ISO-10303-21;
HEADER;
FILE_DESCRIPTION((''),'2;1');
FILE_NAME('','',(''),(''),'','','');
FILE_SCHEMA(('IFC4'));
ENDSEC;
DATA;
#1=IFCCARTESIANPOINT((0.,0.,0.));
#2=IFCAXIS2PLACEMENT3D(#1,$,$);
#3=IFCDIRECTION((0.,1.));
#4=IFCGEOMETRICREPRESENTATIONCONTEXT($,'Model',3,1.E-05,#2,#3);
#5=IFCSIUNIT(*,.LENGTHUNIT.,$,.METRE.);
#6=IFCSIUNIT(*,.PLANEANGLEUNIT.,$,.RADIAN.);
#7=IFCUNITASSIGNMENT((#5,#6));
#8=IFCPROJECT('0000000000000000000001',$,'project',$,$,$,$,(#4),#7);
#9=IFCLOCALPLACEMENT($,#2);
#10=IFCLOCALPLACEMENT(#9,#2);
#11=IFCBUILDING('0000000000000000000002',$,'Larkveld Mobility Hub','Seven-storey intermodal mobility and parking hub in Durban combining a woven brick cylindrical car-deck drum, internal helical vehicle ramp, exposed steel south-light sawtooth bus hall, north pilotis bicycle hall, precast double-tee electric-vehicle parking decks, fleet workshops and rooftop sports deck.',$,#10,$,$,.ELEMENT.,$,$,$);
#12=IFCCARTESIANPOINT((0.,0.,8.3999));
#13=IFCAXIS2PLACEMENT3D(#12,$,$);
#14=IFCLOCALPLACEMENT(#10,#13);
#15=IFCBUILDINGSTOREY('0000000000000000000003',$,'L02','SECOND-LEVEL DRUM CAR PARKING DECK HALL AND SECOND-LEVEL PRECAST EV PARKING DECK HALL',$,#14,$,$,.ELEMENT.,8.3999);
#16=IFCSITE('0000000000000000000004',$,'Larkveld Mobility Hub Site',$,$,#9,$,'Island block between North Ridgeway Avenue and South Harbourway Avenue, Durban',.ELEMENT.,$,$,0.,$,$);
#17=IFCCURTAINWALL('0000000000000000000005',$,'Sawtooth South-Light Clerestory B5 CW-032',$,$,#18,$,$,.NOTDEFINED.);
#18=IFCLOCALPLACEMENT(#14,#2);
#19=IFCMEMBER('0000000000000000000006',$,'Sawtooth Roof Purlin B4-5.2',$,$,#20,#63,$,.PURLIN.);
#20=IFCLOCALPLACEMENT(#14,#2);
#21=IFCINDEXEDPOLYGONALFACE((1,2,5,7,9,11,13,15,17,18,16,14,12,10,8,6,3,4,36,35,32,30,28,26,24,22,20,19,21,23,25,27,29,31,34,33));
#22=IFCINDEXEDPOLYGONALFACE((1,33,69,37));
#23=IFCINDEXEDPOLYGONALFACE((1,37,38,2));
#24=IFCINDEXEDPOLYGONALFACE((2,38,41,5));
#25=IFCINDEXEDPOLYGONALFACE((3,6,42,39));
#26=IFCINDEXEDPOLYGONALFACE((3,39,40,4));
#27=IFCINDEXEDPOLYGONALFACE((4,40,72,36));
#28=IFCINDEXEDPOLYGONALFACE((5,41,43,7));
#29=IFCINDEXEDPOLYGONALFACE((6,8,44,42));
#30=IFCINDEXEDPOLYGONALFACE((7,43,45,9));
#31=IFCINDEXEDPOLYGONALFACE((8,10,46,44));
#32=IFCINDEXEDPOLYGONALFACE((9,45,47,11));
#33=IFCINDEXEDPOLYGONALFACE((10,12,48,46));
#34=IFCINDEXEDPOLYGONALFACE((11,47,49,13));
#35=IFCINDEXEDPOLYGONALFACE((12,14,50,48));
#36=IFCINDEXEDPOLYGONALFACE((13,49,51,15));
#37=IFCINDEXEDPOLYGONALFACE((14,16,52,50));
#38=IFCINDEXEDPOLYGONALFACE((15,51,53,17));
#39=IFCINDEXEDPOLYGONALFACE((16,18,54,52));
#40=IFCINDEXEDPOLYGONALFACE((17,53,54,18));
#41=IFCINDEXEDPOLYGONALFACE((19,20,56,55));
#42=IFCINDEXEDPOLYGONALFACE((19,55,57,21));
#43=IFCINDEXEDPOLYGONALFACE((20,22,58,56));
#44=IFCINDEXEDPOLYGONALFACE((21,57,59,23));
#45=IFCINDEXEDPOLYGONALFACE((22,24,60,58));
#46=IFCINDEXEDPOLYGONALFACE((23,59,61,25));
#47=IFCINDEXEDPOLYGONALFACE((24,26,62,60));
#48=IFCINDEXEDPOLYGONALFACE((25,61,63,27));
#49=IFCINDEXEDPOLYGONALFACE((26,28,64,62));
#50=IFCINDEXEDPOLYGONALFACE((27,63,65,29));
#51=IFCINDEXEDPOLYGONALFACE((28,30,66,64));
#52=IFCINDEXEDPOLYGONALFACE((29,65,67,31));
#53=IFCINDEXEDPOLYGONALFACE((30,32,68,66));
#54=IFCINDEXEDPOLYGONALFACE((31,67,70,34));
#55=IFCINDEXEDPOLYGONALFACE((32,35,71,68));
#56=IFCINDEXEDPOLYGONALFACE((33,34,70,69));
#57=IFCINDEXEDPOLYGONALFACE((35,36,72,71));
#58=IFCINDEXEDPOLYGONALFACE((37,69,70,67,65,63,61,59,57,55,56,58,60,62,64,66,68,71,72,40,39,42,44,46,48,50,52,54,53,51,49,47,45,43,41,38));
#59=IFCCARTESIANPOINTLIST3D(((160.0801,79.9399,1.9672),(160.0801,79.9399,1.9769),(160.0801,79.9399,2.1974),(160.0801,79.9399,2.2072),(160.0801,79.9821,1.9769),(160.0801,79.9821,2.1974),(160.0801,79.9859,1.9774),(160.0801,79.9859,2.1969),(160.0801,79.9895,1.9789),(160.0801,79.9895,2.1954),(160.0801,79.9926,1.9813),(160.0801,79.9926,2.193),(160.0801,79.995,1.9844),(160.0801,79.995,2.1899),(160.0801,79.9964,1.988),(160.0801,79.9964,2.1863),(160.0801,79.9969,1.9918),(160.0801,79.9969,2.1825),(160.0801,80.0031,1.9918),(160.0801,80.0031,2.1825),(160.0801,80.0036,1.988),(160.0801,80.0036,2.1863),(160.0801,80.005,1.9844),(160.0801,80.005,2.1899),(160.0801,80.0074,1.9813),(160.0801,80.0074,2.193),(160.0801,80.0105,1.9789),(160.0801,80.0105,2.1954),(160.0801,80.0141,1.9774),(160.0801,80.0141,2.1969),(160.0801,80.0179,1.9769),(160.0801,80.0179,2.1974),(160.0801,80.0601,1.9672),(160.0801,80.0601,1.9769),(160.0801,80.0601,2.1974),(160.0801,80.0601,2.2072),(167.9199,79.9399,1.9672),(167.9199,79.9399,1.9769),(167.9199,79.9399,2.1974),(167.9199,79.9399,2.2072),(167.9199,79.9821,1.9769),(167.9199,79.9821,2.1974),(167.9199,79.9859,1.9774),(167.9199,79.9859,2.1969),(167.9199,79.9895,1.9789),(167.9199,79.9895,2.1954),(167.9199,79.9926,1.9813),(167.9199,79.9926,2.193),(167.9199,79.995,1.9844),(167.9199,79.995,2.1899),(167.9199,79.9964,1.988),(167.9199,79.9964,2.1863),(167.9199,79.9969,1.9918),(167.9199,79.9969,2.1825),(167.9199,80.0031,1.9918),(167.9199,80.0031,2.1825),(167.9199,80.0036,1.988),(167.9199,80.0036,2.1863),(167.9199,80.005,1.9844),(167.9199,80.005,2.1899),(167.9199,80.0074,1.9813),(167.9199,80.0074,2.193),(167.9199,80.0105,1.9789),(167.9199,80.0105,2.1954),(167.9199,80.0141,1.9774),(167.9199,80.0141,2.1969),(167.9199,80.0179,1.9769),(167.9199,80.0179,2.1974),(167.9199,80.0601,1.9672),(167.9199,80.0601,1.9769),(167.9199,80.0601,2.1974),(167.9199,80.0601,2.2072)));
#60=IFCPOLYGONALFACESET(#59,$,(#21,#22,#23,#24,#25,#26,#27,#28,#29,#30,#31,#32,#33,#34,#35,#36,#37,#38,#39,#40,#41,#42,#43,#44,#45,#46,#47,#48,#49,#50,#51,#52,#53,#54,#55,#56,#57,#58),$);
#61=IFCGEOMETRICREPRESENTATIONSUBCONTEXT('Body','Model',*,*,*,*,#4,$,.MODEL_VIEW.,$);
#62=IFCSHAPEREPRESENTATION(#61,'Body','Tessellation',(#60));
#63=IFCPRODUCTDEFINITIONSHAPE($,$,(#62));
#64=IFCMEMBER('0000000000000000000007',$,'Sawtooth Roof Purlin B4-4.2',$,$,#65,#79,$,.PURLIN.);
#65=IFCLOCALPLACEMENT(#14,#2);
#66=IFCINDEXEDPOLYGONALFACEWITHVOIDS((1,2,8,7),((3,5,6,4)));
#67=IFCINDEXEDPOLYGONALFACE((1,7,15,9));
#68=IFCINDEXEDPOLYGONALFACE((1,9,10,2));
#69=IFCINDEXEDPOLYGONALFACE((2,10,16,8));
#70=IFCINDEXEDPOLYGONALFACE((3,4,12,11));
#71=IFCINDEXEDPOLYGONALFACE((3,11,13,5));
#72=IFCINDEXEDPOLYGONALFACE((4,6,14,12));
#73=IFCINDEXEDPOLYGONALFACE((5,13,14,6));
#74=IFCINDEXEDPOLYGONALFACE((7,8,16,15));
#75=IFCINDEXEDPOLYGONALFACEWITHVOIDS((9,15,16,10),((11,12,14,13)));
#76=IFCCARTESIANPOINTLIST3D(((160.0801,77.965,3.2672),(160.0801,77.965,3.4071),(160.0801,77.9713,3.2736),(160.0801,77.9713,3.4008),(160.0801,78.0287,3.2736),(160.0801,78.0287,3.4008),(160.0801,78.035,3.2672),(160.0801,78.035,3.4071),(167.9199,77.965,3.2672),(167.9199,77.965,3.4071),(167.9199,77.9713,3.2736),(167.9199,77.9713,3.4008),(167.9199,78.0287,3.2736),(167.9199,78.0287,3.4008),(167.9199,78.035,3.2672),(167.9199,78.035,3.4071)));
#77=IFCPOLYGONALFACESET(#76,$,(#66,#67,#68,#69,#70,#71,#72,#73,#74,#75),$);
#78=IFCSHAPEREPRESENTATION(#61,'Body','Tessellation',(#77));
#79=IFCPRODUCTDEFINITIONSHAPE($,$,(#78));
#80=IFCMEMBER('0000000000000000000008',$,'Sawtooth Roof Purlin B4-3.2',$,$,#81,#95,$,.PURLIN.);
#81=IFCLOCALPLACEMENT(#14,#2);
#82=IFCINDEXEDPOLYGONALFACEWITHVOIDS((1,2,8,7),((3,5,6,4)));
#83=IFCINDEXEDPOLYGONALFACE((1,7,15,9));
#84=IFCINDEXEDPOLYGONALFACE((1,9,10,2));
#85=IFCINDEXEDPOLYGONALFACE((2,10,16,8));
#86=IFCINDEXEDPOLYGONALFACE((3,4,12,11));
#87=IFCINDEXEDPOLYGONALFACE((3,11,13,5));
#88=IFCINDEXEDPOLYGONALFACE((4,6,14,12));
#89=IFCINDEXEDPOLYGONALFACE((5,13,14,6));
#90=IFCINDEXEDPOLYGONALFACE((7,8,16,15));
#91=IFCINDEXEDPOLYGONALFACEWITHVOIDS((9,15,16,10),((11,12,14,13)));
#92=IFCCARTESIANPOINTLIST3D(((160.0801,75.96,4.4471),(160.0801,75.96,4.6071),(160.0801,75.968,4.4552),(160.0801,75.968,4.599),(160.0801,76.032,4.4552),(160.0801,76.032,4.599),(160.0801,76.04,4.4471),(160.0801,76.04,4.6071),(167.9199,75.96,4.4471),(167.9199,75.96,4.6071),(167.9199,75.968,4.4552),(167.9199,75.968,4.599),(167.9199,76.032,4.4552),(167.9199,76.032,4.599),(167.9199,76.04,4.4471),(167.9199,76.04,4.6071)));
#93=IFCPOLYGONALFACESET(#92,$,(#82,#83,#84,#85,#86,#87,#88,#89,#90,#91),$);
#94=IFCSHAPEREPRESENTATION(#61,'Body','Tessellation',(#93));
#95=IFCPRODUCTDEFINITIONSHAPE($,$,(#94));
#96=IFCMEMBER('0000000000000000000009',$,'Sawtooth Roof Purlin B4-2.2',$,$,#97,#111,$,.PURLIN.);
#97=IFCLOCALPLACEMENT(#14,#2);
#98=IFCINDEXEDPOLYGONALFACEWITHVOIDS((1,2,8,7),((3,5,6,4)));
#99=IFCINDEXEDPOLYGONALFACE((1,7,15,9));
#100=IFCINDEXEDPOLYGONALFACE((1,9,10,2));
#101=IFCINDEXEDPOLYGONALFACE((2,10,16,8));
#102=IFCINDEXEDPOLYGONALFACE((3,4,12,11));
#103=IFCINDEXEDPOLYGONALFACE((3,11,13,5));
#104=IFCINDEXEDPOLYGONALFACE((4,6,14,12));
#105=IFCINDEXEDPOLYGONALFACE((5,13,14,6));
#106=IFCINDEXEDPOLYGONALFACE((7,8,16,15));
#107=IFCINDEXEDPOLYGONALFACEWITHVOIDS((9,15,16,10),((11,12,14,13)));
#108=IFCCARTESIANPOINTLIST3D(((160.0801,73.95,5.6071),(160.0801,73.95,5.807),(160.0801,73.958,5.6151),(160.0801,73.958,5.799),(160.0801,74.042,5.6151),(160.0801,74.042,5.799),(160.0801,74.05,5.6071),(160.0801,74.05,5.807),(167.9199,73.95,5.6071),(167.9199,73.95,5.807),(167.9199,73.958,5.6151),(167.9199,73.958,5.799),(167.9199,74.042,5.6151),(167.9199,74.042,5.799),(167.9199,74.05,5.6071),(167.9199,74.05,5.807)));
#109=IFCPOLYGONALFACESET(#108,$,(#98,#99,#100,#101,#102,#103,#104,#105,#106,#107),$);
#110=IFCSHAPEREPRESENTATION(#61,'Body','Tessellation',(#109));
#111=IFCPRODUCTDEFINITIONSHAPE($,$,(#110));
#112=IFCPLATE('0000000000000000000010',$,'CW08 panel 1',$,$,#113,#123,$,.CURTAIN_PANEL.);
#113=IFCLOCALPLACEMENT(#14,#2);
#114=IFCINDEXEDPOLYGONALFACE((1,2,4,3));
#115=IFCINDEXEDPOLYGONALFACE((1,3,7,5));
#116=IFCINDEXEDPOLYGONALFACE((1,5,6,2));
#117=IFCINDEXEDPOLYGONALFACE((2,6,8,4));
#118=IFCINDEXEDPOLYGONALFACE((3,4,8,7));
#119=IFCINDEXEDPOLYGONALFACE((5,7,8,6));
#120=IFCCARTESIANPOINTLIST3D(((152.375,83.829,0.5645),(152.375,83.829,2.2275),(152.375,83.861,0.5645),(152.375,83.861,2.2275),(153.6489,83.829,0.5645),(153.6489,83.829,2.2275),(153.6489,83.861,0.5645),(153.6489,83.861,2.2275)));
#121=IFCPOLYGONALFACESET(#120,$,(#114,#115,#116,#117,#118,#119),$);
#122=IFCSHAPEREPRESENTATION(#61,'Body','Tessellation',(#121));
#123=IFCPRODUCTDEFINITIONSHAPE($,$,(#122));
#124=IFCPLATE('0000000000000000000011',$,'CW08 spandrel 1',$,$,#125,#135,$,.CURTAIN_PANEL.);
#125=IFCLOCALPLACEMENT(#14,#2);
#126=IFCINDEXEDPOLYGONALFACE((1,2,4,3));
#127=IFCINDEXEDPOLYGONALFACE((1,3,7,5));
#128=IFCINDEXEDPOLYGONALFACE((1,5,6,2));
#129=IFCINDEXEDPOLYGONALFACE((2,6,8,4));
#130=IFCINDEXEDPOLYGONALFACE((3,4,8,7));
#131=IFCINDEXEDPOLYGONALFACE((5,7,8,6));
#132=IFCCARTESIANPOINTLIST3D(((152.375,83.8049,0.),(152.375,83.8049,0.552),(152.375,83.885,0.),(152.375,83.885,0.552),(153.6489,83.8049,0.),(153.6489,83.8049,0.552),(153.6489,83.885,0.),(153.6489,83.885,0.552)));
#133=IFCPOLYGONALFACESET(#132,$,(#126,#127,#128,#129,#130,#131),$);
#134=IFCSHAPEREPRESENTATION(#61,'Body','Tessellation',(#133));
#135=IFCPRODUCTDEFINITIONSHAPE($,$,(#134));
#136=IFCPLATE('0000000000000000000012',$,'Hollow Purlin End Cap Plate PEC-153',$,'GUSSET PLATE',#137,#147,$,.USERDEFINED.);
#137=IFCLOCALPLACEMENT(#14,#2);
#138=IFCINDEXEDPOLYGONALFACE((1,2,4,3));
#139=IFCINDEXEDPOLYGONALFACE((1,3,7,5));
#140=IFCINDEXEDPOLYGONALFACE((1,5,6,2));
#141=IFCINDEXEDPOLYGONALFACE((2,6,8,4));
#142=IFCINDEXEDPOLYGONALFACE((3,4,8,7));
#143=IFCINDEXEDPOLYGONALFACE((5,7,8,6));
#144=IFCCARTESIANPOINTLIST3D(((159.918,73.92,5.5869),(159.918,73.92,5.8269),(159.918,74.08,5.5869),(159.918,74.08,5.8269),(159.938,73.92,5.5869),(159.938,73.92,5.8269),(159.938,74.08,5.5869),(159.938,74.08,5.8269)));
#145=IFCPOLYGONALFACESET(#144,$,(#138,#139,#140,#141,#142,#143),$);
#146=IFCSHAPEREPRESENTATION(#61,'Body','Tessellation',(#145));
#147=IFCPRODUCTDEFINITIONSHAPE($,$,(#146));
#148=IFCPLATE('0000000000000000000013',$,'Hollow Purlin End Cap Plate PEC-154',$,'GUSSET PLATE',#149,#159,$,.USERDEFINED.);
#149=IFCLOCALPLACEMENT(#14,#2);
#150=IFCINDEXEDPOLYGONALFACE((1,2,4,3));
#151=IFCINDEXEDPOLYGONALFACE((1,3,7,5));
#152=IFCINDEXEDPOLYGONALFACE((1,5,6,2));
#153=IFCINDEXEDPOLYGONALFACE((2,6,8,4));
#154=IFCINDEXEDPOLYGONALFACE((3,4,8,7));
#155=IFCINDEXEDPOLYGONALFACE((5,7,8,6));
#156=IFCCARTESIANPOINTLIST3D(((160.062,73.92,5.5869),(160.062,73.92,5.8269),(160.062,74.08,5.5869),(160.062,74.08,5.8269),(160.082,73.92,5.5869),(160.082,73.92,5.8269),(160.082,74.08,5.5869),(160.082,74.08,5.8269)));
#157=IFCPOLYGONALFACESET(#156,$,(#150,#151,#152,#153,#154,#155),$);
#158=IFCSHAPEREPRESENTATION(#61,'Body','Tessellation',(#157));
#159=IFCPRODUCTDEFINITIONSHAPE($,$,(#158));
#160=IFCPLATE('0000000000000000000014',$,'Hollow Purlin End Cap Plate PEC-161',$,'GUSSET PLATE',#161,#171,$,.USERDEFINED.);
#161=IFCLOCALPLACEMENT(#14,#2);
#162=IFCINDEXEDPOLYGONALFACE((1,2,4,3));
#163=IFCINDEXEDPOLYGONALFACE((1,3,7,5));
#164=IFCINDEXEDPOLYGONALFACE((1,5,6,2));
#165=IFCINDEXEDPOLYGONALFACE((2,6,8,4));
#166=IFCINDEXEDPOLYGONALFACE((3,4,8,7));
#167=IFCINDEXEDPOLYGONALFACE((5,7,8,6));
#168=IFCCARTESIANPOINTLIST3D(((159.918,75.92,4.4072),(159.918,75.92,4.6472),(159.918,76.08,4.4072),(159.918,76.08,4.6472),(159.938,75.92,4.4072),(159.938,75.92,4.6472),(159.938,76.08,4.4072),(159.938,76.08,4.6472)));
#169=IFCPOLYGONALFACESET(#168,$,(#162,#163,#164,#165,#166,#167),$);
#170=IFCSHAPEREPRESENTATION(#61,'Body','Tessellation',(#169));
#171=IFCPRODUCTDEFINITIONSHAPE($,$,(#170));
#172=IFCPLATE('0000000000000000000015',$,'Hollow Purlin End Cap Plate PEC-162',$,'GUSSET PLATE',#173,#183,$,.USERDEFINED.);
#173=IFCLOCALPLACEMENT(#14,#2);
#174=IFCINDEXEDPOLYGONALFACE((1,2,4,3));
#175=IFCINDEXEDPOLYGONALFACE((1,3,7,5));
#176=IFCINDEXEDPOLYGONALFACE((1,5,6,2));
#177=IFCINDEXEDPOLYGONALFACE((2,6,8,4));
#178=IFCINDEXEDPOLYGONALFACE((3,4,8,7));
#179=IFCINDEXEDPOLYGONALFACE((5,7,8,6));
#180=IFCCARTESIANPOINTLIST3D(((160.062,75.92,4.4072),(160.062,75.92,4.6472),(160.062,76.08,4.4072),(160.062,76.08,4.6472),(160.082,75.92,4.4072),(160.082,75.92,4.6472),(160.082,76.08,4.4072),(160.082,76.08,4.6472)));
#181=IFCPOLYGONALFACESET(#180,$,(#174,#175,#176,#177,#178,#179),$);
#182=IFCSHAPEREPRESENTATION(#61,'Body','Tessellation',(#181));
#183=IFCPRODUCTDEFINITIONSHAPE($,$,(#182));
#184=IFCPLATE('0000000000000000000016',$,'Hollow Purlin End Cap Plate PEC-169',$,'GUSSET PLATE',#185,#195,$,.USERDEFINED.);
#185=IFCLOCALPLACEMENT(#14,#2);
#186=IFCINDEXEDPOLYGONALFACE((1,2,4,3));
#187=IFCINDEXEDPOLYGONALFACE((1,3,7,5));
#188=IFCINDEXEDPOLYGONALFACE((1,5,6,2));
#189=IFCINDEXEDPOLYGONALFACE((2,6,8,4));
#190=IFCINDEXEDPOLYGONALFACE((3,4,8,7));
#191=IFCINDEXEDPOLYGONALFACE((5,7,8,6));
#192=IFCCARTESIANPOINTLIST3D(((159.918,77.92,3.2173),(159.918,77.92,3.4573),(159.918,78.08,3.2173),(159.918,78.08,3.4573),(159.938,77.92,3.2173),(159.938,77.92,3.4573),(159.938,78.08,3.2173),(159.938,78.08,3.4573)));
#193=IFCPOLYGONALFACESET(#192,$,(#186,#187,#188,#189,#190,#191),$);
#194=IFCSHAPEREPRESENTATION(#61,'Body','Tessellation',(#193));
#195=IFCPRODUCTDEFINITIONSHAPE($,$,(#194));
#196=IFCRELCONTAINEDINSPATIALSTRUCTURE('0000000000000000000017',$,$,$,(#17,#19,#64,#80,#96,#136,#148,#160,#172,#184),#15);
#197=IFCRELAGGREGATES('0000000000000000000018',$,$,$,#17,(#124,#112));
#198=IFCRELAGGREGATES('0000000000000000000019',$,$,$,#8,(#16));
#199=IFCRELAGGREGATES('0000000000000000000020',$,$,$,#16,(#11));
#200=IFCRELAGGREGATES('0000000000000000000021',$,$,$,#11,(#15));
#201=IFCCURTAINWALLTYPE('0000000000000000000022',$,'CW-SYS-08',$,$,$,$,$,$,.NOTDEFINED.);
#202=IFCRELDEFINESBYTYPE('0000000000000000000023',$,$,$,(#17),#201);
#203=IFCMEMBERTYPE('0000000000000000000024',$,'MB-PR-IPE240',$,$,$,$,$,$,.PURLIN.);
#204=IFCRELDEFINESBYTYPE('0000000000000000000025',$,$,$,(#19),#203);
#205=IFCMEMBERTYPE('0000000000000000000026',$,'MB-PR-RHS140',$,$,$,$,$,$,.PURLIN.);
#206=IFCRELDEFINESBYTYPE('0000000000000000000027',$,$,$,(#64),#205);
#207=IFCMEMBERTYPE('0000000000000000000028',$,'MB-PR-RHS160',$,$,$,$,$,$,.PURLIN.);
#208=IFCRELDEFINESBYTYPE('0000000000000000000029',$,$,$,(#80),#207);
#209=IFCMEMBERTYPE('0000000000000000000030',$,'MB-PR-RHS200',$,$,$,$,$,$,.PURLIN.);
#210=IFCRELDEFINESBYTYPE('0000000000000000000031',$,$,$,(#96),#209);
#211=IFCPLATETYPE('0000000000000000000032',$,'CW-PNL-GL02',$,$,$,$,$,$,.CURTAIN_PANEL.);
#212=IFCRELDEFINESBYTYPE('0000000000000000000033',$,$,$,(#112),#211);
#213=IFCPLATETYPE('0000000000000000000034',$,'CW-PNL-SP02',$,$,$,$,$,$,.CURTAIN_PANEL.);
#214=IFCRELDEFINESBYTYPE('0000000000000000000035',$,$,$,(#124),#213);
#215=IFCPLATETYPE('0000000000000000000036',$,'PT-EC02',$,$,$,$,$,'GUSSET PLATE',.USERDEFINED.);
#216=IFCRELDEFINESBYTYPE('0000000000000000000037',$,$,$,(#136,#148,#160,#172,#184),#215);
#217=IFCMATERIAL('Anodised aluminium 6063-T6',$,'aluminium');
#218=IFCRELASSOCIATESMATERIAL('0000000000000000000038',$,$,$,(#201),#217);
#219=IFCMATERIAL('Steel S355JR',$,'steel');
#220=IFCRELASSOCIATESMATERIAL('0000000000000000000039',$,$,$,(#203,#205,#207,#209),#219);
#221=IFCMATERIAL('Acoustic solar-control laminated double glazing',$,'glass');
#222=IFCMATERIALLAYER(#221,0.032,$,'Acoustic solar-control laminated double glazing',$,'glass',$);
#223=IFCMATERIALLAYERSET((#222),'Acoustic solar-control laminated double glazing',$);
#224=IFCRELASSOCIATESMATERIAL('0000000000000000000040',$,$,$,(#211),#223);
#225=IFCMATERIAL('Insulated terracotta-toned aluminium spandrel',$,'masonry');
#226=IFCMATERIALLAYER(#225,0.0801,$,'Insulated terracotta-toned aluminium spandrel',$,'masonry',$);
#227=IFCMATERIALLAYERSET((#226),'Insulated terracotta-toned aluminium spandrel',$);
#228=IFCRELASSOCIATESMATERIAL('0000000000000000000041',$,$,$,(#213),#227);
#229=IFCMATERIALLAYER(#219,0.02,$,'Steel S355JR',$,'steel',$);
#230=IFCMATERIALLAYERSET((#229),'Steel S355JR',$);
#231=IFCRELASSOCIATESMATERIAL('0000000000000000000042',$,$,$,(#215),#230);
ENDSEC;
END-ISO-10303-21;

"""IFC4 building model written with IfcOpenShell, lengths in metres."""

from ifc_helpers import new_model, si_unit, direction, frame, origin, origin_2d, place, context, subcontext, project, spatial, rectangle, hollow_rectangle, i_section, extrude, material, layer, layer_set, material_profile, profile_set, type_object, element, aggregate, save


model = new_model("IFC4")

# Units and contexts
model_context = context("Model", 3, precision=1e-05, world=origin(), true_north=direction((0.0, 1.0)))
body_context = subcontext(model_context, "Body", "Model", "MODEL_VIEW")
ifc_project = project(units=[si_unit("LENGTHUNIT", "METRE"), si_unit("PLANEANGLEUNIT", "RADIAN")], contexts=[model_context])

# Site, building, storey
site_placement = place(None, origin())
site = spatial("IfcSite", under=ifc_project, at=site_placement, Name="Larkveld Mobility Hub Site", LongName="Island block between North Ridgeway Avenue and South Harbourway Avenue, Durban", CompositionType="ELEMENT", RefElevation=0.0)
building_placement = place(site_placement, origin())
building = spatial("IfcBuilding", under=site, at=building_placement, Name="Larkveld Mobility Hub", Description="Seven-storey intermodal mobility and parking hub in Durban combining a woven brick cylindrical car-deck drum, internal helical vehicle ramp, exposed steel south-light sawtooth bus hall, north pilotis bicycle hall, precast double-tee electric-vehicle parking decks, fleet workshops and rooftop sports deck.", CompositionType="ELEMENT")
storey_placement = place(building_placement, frame((0.0, 0.0, 8.3999)))
storey = spatial("IfcBuildingStorey", under=building, at=storey_placement, Name="L02", Description="SECOND-LEVEL DRUM CAR PARKING DECK HALL AND SECOND-LEVEL PRECAST EV PARKING DECK HALL", CompositionType="ELEMENT", Elevation=8.3999)

# Curtain wall
ifc_material_1 = material(Name="Anodised aluminium 6063-T6", Category="aluminium")
curtain_wall_type = type_object("IfcCurtainWallType", Name="CW-SYS-08", PredefinedType="NOTDEFINED", material=ifc_material_1)
curtain_wall_placement = place(storey_placement, origin())
curtain_wall = element("IfcCurtainWall", 1, at=curtain_wall_placement, inside=storey, type_object=curtain_wall_type, Name="Sawtooth South-Light Clerestory B5 CW-032", PredefinedType="NOTDEFINED")

# Members
ifc_material_2 = material(Name="Steel S355JR", Category="steel")
ifc_material_profile_1 = material_profile(ifc_material_2, i_section(OverallWidth=0.1201, OverallDepth=0.24, WebThickness=0.0061, FlangeThickness=0.0098, FilletRadius=0.0149, at=origin_2d()), Name="IPE 240")
ifc_profile_set_1 = profile_set([ifc_material_profile_1], Name="Steel S355JR")
member_type_1 = type_object("IfcMemberType", Name="MB-PR-IPE240", PredefinedType="PURLIN", material=ifc_profile_set_1)
member_1_placement = place(storey_placement, frame((160.0801, 80.0, 2.0872), z_axis=(1.0, 0.0, 0.0), x_axis=(0.0, 1.0, 0.0)))
element("IfcMember", 2, at=member_1_placement, inside=storey, type_object=member_type_1, Name="Sawtooth Roof Purlin B4-5.2", PredefinedType="PURLIN", context=body_context, shape_type="SweptSolid", body=[
    extrude(i_section(OverallWidth=0.1201, OverallDepth=0.24, WebThickness=0.0061, FlangeThickness=0.0098, FilletRadius=0.0149, at=origin_2d()), origin(), (0.0, 0.0, 1.0), 7.8398),
])
ifc_material_profile_2 = material_profile(ifc_material_2, hollow_rectangle(XDim=0.0701, YDim=0.1399, WallThickness=0.0063, at=origin_2d()), Name="RHS 140x70x6.3")
ifc_profile_set_2 = profile_set([ifc_material_profile_2], Name="Steel S355JR")
member_type_2 = type_object("IfcMemberType", Name="MB-PR-RHS140", PredefinedType="PURLIN", material=ifc_profile_set_2)
member_2_placement = place(storey_placement, frame((160.0801, 78.0, 3.3372), z_axis=(1.0, 0.0, 0.0), x_axis=(0.0, 1.0, 0.0)))
element("IfcMember", 3, at=member_2_placement, inside=storey, type_object=member_type_2, Name="Sawtooth Roof Purlin B4-4.2", PredefinedType="PURLIN", context=body_context, shape_type="SweptSolid", body=[
    extrude(hollow_rectangle(XDim=0.0701, YDim=0.1399, WallThickness=0.0063, at=origin_2d()), origin(), (0.0, 0.0, 1.0), 7.8398),
])
ifc_material_profile_3 = material_profile(ifc_material_2, hollow_rectangle(XDim=0.0801, YDim=0.1599, WallThickness=0.0081, at=origin_2d()), Name="RHS 160x80x8")
ifc_profile_set_3 = profile_set([ifc_material_profile_3], Name="Steel S355JR")
member_type_3 = type_object("IfcMemberType", Name="MB-PR-RHS160", PredefinedType="PURLIN", material=ifc_profile_set_3)
member_3_placement = place(storey_placement, frame((160.0801, 76.0, 4.5271), z_axis=(1.0, 0.0, 0.0), x_axis=(0.0, 1.0, 0.0)))
element("IfcMember", 4, at=member_3_placement, inside=storey, type_object=member_type_3, Name="Sawtooth Roof Purlin B4-3.2", PredefinedType="PURLIN", context=body_context, shape_type="SweptSolid", body=[
    extrude(hollow_rectangle(XDim=0.0801, YDim=0.1599, WallThickness=0.0081, at=origin_2d()), origin(), (0.0, 0.0, 1.0), 7.8398),
])
ifc_material_profile_4 = material_profile(ifc_material_2, hollow_rectangle(XDim=0.1001, YDim=0.2, WallThickness=0.0081, at=origin_2d()), Name="RHS 200x100x8")
ifc_profile_set_4 = profile_set([ifc_material_profile_4], Name="Steel S355JR")
member_type_4 = type_object("IfcMemberType", Name="MB-PR-RHS200", PredefinedType="PURLIN", material=ifc_profile_set_4)
member_4_placement = place(storey_placement, frame((160.0801, 74.0, 5.707), z_axis=(1.0, 0.0, 0.0), x_axis=(0.0, 1.0, 0.0)))
element("IfcMember", 5, at=member_4_placement, inside=storey, type_object=member_type_4, Name="Sawtooth Roof Purlin B4-2.2", PredefinedType="PURLIN", context=body_context, shape_type="SweptSolid", body=[
    extrude(hollow_rectangle(XDim=0.1001, YDim=0.2, WallThickness=0.0081, at=origin_2d()), origin(), (0.0, 0.0, 1.0), 7.8398),
])

# Plates
ifc_material_3 = material(Name="Acoustic solar-control laminated double glazing", Category="glass")
ifc_layer_1 = layer(ifc_material_3, 0.032, Name="Acoustic solar-control laminated double glazing", Category="glass")
ifc_layer_set_1 = layer_set([ifc_layer_1], Name="Acoustic solar-control laminated double glazing")
plate_type_1 = type_object("IfcPlateType", Name="CW-PNL-GL02", PredefinedType="CURTAIN_PANEL", material=ifc_layer_set_1)
plate_1_placement = place(storey_placement, frame((153.012, 83.845, 0.5645), z_axis=(0.0, 0.0, 1.0), x_axis=(1.0, 0.0, 0.0)))
plate_1 = element("IfcPlate", 6, at=plate_1_placement, type_object=plate_type_1, Name="CW08 panel 1", PredefinedType="CURTAIN_PANEL", context=body_context, shape_type="SweptSolid", body=[
    extrude(rectangle(XDim=1.2739, YDim=0.032, at=origin_2d()), origin(), (0.0, 0.0, 1.0), 1.6631),
])
ifc_material_4 = material(Name="Insulated terracotta-toned aluminium spandrel", Category="masonry")
ifc_layer_2 = layer(ifc_material_4, 0.0801, Name="Insulated terracotta-toned aluminium spandrel", Category="masonry")
ifc_layer_set_2 = layer_set([ifc_layer_2], Name="Insulated terracotta-toned aluminium spandrel")
plate_type_2 = type_object("IfcPlateType", Name="CW-PNL-SP02", PredefinedType="CURTAIN_PANEL", material=ifc_layer_set_2)
plate_2_placement = place(storey_placement, frame((153.012, 83.845, 0.0), z_axis=(0.0, 0.0, 1.0), x_axis=(1.0, 0.0, 0.0)))
plate_2 = element("IfcPlate", 7, at=plate_2_placement, type_object=plate_type_2, Name="CW08 spandrel 1", PredefinedType="CURTAIN_PANEL", context=body_context, shape_type="SweptSolid", body=[
    extrude(rectangle(XDim=1.2739, YDim=0.0801, at=origin_2d()), origin(), (0.0, 0.0, 1.0), 0.552),
])
aggregate(curtain_wall, [plate_2, plate_1])

# Plates
ifc_layer_3 = layer(ifc_material_2, 0.02, Name="Steel S355JR", Category="steel")
ifc_layer_set_3 = layer_set([ifc_layer_3], Name="Steel S355JR")
plate_type_3 = type_object("IfcPlateType", Name="PT-EC02", ElementType="GUSSET PLATE", PredefinedType="USERDEFINED", material=ifc_layer_set_3)
for number, where, z_axis, x_axis, name in (
    (8, (159.928, 74.0, 5.5869), (0.0, 0.0, 1.0), (1.0, 0.0, 0.0), "Hollow Purlin End Cap Plate PEC-153"),
    (9, (160.072, 74.0, 5.5869), (0.0, 0.0, 1.0), (1.0, 0.0, 0.0), "Hollow Purlin End Cap Plate PEC-154"),
    (10, (159.928, 76.0, 4.4072), (0.0, 0.0, 1.0), (1.0, 0.0, 0.0), "Hollow Purlin End Cap Plate PEC-161"),
    (11, (160.072, 76.0, 4.4072), (0.0, 0.0, 1.0), (1.0, 0.0, 0.0), "Hollow Purlin End Cap Plate PEC-162"),
    (12, (159.928, 78.0, 3.2173), (0.0, 0.0, 1.0), (1.0, 0.0, 0.0), "Hollow Purlin End Cap Plate PEC-169"),
):
    element("IfcPlate", number, at=place(storey_placement, frame(where, z_axis=z_axis, x_axis=x_axis)), inside=storey, type_object=plate_type_3, Name=name, ObjectType="GUSSET PLATE", PredefinedType="USERDEFINED", context=body_context, shape_type="SweptSolid", body=[
        extrude(rectangle(XDim=0.02, YDim=0.1599, at=origin_2d()), origin(), (0.0, 0.0, 1.0), 0.24),
    ])

save(model, "model.ifc")
